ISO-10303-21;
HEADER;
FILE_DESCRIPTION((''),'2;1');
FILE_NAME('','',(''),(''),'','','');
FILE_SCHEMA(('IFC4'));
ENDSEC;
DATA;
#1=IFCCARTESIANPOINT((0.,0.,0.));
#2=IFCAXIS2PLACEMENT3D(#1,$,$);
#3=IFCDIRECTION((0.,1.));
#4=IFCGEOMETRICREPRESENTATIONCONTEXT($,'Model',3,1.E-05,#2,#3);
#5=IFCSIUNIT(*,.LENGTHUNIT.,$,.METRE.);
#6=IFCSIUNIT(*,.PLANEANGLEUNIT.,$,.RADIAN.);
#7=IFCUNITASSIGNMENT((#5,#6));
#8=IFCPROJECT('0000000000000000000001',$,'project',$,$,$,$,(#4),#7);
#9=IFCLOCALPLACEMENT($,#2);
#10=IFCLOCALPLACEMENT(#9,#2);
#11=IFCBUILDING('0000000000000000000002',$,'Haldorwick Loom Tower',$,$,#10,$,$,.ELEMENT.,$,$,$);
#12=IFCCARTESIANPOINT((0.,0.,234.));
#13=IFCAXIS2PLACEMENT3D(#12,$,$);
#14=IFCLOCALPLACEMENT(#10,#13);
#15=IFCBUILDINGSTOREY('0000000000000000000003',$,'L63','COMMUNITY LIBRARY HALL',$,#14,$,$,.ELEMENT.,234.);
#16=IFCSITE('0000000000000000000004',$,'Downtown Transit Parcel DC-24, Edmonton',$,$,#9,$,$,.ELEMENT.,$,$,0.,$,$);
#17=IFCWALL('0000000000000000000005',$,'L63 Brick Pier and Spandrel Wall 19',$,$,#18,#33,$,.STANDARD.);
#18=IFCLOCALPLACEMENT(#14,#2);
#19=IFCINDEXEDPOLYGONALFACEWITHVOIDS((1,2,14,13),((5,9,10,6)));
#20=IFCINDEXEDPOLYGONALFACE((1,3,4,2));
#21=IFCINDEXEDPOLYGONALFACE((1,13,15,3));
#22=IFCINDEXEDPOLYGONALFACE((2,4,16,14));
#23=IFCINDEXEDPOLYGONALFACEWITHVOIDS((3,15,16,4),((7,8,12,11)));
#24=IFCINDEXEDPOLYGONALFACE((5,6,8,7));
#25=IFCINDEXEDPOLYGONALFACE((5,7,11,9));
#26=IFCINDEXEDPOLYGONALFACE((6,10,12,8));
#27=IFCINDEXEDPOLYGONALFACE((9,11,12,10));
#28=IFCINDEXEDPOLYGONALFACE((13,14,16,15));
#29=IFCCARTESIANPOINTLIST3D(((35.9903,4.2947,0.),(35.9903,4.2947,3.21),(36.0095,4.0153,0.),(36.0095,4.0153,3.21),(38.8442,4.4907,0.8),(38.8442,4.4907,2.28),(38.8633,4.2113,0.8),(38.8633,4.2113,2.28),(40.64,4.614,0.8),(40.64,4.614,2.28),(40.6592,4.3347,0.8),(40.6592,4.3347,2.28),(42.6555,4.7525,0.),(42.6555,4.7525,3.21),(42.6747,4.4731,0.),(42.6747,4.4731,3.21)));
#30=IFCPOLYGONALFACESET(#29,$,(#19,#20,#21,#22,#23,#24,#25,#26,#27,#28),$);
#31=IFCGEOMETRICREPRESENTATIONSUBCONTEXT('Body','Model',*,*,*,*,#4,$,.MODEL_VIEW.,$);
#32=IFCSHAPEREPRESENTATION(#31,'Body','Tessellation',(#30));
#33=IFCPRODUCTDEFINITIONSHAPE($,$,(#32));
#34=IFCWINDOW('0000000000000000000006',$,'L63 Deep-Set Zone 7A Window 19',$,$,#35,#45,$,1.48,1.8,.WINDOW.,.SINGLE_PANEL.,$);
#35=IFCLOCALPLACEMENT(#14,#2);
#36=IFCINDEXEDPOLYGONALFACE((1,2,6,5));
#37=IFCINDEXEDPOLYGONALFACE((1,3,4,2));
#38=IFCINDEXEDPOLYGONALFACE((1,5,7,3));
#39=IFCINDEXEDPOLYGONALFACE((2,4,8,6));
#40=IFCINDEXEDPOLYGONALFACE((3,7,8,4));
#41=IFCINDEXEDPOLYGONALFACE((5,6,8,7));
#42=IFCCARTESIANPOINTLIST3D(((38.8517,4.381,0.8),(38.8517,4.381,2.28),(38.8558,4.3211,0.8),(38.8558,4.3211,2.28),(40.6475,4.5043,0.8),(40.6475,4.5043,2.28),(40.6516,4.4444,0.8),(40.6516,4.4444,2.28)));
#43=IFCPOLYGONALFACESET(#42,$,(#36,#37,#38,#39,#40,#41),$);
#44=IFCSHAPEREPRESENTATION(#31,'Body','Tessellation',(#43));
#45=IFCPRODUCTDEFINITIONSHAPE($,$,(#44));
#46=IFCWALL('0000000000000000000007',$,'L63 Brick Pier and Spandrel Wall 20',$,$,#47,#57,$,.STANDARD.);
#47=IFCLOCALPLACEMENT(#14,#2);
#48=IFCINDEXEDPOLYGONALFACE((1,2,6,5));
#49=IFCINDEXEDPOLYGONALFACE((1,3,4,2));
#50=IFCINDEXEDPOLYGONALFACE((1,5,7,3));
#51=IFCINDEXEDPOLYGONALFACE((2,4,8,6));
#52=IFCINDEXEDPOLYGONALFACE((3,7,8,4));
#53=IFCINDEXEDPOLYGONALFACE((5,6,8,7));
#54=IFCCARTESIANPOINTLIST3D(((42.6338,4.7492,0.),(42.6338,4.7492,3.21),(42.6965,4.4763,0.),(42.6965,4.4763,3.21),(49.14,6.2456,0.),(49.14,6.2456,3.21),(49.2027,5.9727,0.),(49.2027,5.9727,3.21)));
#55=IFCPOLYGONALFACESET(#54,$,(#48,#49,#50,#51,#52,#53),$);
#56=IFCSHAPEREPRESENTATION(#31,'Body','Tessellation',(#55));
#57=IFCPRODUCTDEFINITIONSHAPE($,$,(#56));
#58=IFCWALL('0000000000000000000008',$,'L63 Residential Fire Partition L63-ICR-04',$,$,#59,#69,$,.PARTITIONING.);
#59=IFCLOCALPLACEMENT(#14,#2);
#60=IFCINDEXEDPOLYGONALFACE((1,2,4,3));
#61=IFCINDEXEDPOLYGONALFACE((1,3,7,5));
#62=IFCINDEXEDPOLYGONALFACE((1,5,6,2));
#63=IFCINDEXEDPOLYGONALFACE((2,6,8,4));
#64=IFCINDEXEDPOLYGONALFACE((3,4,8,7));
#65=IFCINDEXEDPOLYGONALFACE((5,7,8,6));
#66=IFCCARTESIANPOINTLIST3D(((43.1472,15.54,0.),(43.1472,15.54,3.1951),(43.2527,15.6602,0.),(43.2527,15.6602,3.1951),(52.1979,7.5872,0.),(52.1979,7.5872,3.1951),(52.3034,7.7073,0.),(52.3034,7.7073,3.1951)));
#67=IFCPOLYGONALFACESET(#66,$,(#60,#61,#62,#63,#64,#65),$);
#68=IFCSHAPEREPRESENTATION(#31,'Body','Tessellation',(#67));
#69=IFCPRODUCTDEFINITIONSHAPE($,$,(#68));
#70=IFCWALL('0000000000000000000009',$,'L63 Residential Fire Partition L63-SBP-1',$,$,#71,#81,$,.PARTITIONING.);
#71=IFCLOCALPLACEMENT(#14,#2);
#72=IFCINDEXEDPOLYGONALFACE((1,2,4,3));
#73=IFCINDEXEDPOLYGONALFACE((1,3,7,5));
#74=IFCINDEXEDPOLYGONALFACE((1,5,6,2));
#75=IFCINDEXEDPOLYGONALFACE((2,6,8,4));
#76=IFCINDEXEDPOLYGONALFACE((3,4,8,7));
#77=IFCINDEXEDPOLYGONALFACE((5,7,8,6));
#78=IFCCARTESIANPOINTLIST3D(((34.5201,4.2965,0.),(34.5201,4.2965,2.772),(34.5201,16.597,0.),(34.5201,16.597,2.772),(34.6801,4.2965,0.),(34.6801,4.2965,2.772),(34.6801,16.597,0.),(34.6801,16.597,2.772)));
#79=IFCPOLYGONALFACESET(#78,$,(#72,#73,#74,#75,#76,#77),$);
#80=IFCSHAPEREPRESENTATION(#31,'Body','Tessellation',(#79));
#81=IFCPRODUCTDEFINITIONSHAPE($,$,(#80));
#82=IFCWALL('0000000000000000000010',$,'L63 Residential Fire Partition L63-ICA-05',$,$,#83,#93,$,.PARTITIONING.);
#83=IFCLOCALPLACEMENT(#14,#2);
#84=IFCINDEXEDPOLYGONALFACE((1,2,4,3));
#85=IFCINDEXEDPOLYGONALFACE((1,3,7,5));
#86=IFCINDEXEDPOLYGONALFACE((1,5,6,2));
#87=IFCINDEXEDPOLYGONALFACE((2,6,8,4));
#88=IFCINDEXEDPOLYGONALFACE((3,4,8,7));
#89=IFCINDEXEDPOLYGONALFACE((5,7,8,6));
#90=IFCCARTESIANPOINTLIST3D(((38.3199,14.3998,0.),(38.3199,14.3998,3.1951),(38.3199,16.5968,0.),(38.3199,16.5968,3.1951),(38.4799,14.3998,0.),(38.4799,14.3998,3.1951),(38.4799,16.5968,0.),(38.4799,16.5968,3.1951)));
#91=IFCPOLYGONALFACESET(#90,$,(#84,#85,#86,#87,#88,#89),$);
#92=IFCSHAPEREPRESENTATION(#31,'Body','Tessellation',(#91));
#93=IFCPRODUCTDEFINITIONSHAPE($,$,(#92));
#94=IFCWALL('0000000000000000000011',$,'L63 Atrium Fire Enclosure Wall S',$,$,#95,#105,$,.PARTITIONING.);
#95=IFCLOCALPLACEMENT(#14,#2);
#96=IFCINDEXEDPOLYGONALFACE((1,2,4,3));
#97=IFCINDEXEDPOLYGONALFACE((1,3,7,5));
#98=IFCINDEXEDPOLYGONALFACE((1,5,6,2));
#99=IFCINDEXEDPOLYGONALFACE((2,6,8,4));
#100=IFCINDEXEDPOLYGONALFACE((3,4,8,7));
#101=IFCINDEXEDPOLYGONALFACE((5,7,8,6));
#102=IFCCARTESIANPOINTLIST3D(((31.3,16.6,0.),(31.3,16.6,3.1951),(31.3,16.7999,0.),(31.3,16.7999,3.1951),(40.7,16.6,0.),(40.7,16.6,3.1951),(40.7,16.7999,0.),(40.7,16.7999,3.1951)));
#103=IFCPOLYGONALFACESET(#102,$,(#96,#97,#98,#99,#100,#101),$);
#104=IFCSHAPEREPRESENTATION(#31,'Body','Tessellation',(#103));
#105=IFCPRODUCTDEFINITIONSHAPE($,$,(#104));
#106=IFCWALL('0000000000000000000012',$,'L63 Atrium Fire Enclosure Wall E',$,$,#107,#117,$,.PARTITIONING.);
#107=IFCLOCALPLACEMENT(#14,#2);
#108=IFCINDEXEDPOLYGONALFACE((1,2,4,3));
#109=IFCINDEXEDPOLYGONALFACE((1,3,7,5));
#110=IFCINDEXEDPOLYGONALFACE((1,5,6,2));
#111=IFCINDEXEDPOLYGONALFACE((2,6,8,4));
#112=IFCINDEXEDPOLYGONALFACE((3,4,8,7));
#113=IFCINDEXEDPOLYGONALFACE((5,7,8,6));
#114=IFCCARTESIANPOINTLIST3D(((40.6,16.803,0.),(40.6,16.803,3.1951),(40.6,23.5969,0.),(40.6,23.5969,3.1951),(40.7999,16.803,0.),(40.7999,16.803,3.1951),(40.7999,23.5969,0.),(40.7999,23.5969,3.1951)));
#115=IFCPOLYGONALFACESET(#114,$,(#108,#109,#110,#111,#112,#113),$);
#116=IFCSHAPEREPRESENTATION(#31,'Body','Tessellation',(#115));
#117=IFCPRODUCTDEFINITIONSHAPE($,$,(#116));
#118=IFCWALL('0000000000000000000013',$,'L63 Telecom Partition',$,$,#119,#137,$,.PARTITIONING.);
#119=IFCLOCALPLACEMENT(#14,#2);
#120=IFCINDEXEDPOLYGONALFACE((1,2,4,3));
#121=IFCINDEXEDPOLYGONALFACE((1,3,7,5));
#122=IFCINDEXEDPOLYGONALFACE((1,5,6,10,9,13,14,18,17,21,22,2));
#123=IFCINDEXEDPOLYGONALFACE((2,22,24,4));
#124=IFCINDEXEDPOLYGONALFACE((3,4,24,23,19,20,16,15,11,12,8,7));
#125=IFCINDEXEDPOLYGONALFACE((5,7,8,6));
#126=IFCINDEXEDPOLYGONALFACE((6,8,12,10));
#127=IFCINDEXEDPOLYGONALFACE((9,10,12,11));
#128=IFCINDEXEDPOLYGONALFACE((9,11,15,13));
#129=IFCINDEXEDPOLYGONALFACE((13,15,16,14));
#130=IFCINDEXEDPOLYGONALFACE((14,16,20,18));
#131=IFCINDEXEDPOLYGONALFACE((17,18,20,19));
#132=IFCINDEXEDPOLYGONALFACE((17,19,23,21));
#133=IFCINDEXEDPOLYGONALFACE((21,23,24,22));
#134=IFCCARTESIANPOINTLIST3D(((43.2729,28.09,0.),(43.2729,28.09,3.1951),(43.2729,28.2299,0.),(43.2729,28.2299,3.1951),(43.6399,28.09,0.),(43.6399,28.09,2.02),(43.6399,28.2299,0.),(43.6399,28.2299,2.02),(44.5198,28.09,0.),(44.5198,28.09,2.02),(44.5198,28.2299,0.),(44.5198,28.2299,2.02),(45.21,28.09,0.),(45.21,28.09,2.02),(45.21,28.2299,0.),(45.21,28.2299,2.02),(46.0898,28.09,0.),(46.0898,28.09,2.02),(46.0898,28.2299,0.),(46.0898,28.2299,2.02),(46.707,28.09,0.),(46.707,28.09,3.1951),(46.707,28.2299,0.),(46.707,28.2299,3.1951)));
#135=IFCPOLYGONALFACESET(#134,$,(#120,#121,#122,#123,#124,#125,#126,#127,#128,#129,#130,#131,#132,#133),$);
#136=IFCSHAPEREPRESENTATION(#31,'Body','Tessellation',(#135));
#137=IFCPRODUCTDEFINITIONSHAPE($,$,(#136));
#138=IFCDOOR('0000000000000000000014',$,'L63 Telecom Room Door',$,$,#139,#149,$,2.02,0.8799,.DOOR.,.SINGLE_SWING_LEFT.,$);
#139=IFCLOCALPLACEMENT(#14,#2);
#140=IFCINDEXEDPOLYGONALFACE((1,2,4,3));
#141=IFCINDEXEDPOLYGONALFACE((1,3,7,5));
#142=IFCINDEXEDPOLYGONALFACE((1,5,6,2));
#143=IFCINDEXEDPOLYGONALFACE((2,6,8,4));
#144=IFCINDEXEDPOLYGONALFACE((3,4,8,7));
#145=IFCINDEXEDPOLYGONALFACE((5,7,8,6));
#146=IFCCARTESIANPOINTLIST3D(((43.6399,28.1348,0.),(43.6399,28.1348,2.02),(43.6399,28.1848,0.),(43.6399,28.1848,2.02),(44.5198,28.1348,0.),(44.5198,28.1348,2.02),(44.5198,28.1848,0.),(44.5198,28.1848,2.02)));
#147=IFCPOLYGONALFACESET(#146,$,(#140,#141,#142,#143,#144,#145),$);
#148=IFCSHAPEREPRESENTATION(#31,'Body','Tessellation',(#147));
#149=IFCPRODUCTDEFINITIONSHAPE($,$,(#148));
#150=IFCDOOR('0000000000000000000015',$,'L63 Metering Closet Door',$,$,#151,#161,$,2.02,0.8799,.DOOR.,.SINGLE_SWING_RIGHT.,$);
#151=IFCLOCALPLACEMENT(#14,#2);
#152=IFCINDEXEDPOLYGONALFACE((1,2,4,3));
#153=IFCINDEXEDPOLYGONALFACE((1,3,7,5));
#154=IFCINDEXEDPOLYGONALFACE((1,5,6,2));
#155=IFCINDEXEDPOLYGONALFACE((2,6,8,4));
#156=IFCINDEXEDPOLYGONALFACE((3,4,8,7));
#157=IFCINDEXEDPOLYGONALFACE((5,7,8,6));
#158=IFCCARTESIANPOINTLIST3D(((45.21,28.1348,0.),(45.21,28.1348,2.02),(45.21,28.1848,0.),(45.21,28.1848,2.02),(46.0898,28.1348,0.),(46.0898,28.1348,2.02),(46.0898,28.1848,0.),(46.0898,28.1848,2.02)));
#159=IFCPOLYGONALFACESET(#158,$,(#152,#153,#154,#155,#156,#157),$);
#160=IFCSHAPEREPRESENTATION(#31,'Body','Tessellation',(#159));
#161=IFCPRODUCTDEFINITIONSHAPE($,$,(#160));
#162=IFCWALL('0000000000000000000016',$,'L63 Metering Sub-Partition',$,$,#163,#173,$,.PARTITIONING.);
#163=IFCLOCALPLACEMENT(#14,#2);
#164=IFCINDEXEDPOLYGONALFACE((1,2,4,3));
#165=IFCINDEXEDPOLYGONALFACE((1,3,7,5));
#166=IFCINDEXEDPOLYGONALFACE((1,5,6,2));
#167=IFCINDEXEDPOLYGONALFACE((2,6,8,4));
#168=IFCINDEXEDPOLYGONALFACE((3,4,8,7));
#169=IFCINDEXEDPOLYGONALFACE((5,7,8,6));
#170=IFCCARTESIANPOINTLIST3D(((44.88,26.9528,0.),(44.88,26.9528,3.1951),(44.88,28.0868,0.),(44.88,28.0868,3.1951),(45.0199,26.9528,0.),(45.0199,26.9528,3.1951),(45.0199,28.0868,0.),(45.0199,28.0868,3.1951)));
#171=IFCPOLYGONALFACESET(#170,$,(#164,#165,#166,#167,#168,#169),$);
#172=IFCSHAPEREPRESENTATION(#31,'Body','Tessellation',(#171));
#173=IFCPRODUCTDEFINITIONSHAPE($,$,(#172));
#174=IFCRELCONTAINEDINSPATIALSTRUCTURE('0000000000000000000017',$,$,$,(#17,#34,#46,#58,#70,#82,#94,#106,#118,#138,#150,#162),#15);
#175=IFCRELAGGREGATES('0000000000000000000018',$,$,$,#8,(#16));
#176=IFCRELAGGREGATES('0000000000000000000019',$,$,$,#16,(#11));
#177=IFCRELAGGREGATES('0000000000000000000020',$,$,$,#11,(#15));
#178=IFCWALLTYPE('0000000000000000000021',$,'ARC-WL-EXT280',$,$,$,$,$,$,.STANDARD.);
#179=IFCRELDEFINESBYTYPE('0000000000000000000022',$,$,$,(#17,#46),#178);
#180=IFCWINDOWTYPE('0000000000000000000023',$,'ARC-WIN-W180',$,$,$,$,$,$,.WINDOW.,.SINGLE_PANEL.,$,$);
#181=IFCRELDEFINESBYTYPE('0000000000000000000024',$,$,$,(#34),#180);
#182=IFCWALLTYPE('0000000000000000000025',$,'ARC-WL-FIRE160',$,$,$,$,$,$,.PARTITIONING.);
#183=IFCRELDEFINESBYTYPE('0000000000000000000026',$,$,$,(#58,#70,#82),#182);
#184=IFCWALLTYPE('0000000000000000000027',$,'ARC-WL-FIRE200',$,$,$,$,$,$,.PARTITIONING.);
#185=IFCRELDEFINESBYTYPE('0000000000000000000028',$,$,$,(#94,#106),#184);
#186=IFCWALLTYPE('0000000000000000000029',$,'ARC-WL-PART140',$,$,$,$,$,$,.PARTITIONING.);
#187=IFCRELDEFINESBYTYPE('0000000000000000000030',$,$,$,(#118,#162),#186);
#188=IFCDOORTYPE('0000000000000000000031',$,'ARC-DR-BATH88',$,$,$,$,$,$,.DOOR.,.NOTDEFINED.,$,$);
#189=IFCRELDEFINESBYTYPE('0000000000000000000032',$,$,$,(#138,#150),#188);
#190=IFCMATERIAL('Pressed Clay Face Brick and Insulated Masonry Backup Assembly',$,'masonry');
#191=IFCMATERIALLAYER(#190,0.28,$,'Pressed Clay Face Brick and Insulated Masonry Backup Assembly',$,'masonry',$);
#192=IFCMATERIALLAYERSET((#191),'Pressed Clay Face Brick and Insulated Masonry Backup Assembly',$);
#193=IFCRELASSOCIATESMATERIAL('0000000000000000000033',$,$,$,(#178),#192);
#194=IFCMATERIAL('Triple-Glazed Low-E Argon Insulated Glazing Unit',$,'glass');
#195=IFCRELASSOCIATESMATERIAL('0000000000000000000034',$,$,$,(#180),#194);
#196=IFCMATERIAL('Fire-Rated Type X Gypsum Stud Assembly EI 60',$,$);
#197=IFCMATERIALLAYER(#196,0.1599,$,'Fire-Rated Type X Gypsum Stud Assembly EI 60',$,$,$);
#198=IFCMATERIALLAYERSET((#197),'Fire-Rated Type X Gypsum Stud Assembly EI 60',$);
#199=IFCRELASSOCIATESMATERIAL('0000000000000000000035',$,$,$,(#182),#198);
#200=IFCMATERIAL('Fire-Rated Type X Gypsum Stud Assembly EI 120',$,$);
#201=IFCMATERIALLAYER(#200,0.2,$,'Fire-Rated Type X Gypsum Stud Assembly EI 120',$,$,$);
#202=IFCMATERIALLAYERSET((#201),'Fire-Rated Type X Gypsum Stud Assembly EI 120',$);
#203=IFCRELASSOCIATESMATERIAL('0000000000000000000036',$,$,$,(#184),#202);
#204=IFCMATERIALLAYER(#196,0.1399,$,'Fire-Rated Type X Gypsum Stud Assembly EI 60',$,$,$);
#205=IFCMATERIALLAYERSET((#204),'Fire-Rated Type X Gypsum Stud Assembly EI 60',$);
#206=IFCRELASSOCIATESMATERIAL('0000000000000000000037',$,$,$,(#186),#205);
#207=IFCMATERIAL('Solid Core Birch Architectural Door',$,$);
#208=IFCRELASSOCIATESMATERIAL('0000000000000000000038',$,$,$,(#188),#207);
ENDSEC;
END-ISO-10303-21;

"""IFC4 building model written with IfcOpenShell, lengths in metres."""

from ifc_helpers import new_model, si_unit, direction, frame, frame_2d, origin, place, context, subcontext, project, spatial, rectangle, extrude, material, layer, layer_set, type_object, element, fill, save


model = new_model("IFC4")

# Units and contexts
model_context = context("Model", 3, precision=1e-05, world=origin(), true_north=direction((0.0, 1.0)))
body_context = subcontext(model_context, "Body", "Model", "MODEL_VIEW")
ifc_project = project(units=[si_unit("LENGTHUNIT", "METRE"), si_unit("PLANEANGLEUNIT", "RADIAN")], contexts=[model_context])

# Site, building, storey
site_placement = place(None, origin())
site = spatial("IfcSite", under=ifc_project, at=site_placement, Name="Downtown Transit Parcel DC-24, Edmonton", CompositionType="ELEMENT", RefElevation=0.0)
building_placement = place(site_placement, origin())
building = spatial("IfcBuilding", under=site, at=building_placement, Name="Haldorwick Loom Tower", CompositionType="ELEMENT")
storey_placement = place(building_placement, frame((0.0, 0.0, 234.0)))
storey = spatial("IfcBuildingStorey", under=building, at=storey_placement, Name="L63", Description="COMMUNITY LIBRARY HALL", CompositionType="ELEMENT", Elevation=234.0)

# Wall, opening, window
ifc_material_1 = material(Name="Pressed Clay Face Brick and Insulated Masonry Backup Assembly", Category="masonry")
ifc_layer_1 = layer(ifc_material_1, 0.28, Name="Pressed Clay Face Brick and Insulated Masonry Backup Assembly", Category="masonry")
ifc_layer_set_1 = layer_set([ifc_layer_1], Name="Pressed Clay Face Brick and Insulated Masonry Backup Assembly")
wall_type_1 = type_object("IfcWallType", Name="ARC-WL-EXT280", PredefinedType="STANDARD", material=ifc_layer_set_1)
wall_1_placement = place(storey_placement, frame((36.0, 4.155, 0.0), z_axis=(0.0, 0.0, 1.0), x_axis=(0.99765, 0.068517, 0.0)))
wall_1 = element("IfcWall", 1, at=wall_1_placement, inside=storey, type_object=wall_type_1, Name="L63 Brick Pier and Spandrel Wall 19", PredefinedType="STANDARD", context=body_context, shape_type="SweptSolid", body=[
    extrude(rectangle(XDim=6.6809, YDim=0.28, at=frame_2d((3.3403, 0.0))), origin(), (0.0, 0.0, 1.0), 3.21),
])
opening_1_placement = place(wall_1_placement, frame((2.8606, 0.0, 0.8)))
opening_1 = element("IfcOpeningElement", 2, at=opening_1_placement, cuts=wall_1, PredefinedType="OPENING", context=body_context, shape_type="SweptSolid", body=[
    extrude(rectangle(XDim=1.8, YDim=1.48, at=frame_2d((0.8999, 0.74))), frame((0.0, 0.1499, 0.0), z_axis=(0.0, -1.0, 0.0), x_axis=(1.0, 0.0, 0.0)), (0.0, 0.0, 1.0), 0.3),
])
ifc_material_2 = material(Name="Triple-Glazed Low-E Argon Insulated Glazing Unit", Category="glass")
window_type = type_object("IfcWindowType", Name="ARC-WIN-W180", PartitioningType="SINGLE_PANEL", PredefinedType="WINDOW", material=ifc_material_2)
window_placement = place(opening_1_placement, origin())
window = element("IfcWindow", 3, at=window_placement, inside=storey, type_object=window_type, Name="L63 Deep-Set Zone 7A Window 19", OverallHeight=1.48, OverallWidth=1.8, PartitioningType="SINGLE_PANEL", PredefinedType="WINDOW", context=body_context, shape_type="SweptSolid", body=[
    extrude(rectangle(XDim=1.8, YDim=1.48, at=frame_2d((0.8999, 0.74))), frame((0.0, 0.03, 0.0), z_axis=(0.0, -1.0, 0.0), x_axis=(1.0, 0.0, 0.0)), (0.0, 0.0, 1.0), 0.0601),
])
fill(opening_1, window)

# Walls
wall_2_placement = place(storey_placement, frame((42.6653, 4.6128, 0.0), z_axis=(0.0, 0.0, 1.0), x_axis=(0.974557, 0.224138, 0.0)))
element("IfcWall", 4, at=wall_2_placement, inside=storey, type_object=wall_type_1, Name="L63 Brick Pier and Spandrel Wall 20", PredefinedType="STANDARD", context=body_context, shape_type="SweptSolid", body=[
    extrude(rectangle(XDim=6.676, YDim=0.28, at=frame_2d((3.3379, 0.0))), origin(), (0.0, 0.0, 1.0), 3.21),
])
ifc_material_3 = material(Name="Fire-Rated Type X Gypsum Stud Assembly EI 60")
ifc_layer_2 = layer(ifc_material_3, 0.1599, Name="Fire-Rated Type X Gypsum Stud Assembly EI 60")
ifc_layer_set_2 = layer_set([ifc_layer_2], Name="Fire-Rated Type X Gypsum Stud Assembly EI 60")
wall_type_2 = type_object("IfcWallType", Name="ARC-WL-FIRE160", PredefinedType="PARTITIONING", material=ifc_layer_set_2)
wall_3_placement = place(storey_placement, frame((43.2, 15.6001, 0.0), z_axis=(0.0, 0.0, 1.0), x_axis=(0.751199, -0.660075, 0.0)))
element("IfcWall", 5, at=wall_3_placement, inside=storey, type_object=wall_type_2, Name="L63 Residential Fire Partition L63-ICR-04", PredefinedType="PARTITIONING", context=body_context, shape_type="SweptSolid", body=[
    extrude(rectangle(XDim=12.0483, YDim=0.1599, at=frame_2d((6.0242, 0.0))), origin(), (0.0, 0.0, 1.0), 3.1951),
])
wall_4_placement = place(storey_placement, frame((34.6001, 4.2964, 0.0), z_axis=(0.0, 0.0, 1.0), x_axis=(0.0, 1.0, 0.0)))
element("IfcWall", 6, at=wall_4_placement, inside=storey, type_object=wall_type_2, Name="L63 Residential Fire Partition L63-SBP-1", PredefinedType="PARTITIONING", context=body_context, shape_type="SweptSolid", body=[
    extrude(rectangle(XDim=12.3005, YDim=0.1599, at=frame_2d((6.1504, 0.0))), origin(), (0.0, 0.0, 1.0), 2.772),
])
wall_5_placement = place(storey_placement, frame((38.3999, 16.5969, 0.0), z_axis=(0.0, 0.0, 1.0), x_axis=(0.0, -1.0, 0.0)))
element("IfcWall", 7, at=wall_5_placement, inside=storey, type_object=wall_type_2, Name="L63 Residential Fire Partition L63-ICA-05", PredefinedType="PARTITIONING", context=body_context, shape_type="SweptSolid", body=[
    extrude(rectangle(XDim=2.197, YDim=0.1599, at=frame_2d((1.0986, 0.0))), origin(), (0.0, 0.0, 1.0), 3.1951),
])
ifc_material_4 = material(Name="Fire-Rated Type X Gypsum Stud Assembly EI 120")
ifc_layer_3 = layer(ifc_material_4, 0.2, Name="Fire-Rated Type X Gypsum Stud Assembly EI 120")
ifc_layer_set_3 = layer_set([ifc_layer_3], Name="Fire-Rated Type X Gypsum Stud Assembly EI 120")
wall_type_3 = type_object("IfcWallType", Name="ARC-WL-FIRE200", PredefinedType="PARTITIONING", material=ifc_layer_set_3)
wall_6_placement = place(storey_placement, frame((40.7, 16.7, 0.0), z_axis=(0.0, 0.0, 1.0), x_axis=(-1.0, 0.0, 0.0)))
element("IfcWall", 8, at=wall_6_placement, inside=storey, type_object=wall_type_3, Name="L63 Atrium Fire Enclosure Wall S", PredefinedType="PARTITIONING", context=body_context, shape_type="SweptSolid", body=[
    extrude(rectangle(XDim=9.3999, YDim=0.2, at=frame_2d((4.7, 0.0))), origin(), (0.0, 0.0, 1.0), 3.1951),
])
wall_7_placement = place(storey_placement, frame((40.7, 23.5969, 0.0), z_axis=(0.0, 0.0, 1.0), x_axis=(0.0, -1.0, 0.0)))
element("IfcWall", 9, at=wall_7_placement, inside=storey, type_object=wall_type_3, Name="L63 Atrium Fire Enclosure Wall E", PredefinedType="PARTITIONING", context=body_context, shape_type="SweptSolid", body=[
    extrude(rectangle(XDim=6.7939, YDim=0.2, at=frame_2d((3.397, 0.0))), origin(), (0.0, 0.0, 1.0), 3.1951),
])

# Wall, openings, doors
ifc_layer_4 = layer(ifc_material_3, 0.1399, Name="Fire-Rated Type X Gypsum Stud Assembly EI 60")
ifc_layer_set_4 = layer_set([ifc_layer_4], Name="Fire-Rated Type X Gypsum Stud Assembly EI 60")
wall_type_4 = type_object("IfcWallType", Name="ARC-WL-PART140", PredefinedType="PARTITIONING", material=ifc_layer_set_4)
wall_8_placement = place(storey_placement, frame((43.2729, 28.1599, 0.0), z_axis=(0.0, 0.0, 1.0), x_axis=(1.0, 0.0, 0.0)))
wall_8 = element("IfcWall", 10, at=wall_8_placement, inside=storey, type_object=wall_type_4, Name="L63 Telecom Partition", PredefinedType="PARTITIONING", context=body_context, shape_type="SweptSolid", body=[
    extrude(rectangle(XDim=3.4341, YDim=0.1399, at=frame_2d((1.717, 0.0))), origin(), (0.0, 0.0, 1.0), 3.1951),
])
opening_2_placement = place(wall_8_placement, frame((0.3669, 0.0, 0.0)))
opening_2 = element("IfcOpeningElement", 11, at=opening_2_placement, cuts=wall_8, PredefinedType="OPENING", context=body_context, shape_type="SweptSolid", body=[
    extrude(rectangle(XDim=0.8799, YDim=2.02, at=frame_2d((0.4399, 1.01))), frame((0.0, 0.0798, 0.0), z_axis=(0.0, -1.0, 0.0), x_axis=(1.0, 0.0, 0.0)), (0.0, 0.0, 1.0), 0.1599),
])
opening_3_placement = place(wall_8_placement, frame((1.937, 0.0, 0.0)))
opening_3 = element("IfcOpeningElement", 12, at=opening_3_placement, cuts=wall_8, PredefinedType="OPENING", context=body_context, shape_type="SweptSolid", body=[
    extrude(rectangle(XDim=0.8799, YDim=2.02, at=frame_2d((0.4399, 1.01))), frame((0.0, 0.0798, 0.0), z_axis=(0.0, -1.0, 0.0), x_axis=(1.0, 0.0, 0.0)), (0.0, 0.0, 1.0), 0.1599),
])
ifc_material_5 = material(Name="Solid Core Birch Architectural Door")
door_type = type_object("IfcDoorType", Name="ARC-DR-BATH88", OperationType="NOTDEFINED", PredefinedType="DOOR", material=ifc_material_5)
door_1_placement = place(opening_2_placement, origin())
door_1 = element("IfcDoor", 13, at=door_1_placement, inside=storey, type_object=door_type, Name="L63 Telecom Room Door", OperationType="SINGLE_SWING_LEFT", OverallHeight=2.02, OverallWidth=0.8799, PredefinedType="DOOR", context=body_context, shape_type="SweptSolid", body=[
    extrude(rectangle(XDim=0.8799, YDim=2.02, at=frame_2d((0.4399, 1.01))), frame((0.0, 0.0249, 0.0), z_axis=(0.0, -1.0, 0.0), x_axis=(1.0, 0.0, 0.0)), (0.0, 0.0, 1.0), 0.05),
])
fill(opening_2, door_1)
door_2_placement = place(opening_3_placement, origin())
door_2 = element("IfcDoor", 14, at=door_2_placement, inside=storey, type_object=door_type, Name="L63 Metering Closet Door", OperationType="SINGLE_SWING_RIGHT", OverallHeight=2.02, OverallWidth=0.8799, PredefinedType="DOOR", context=body_context, shape_type="SweptSolid", body=[
    extrude(rectangle(XDim=0.8799, YDim=2.02, at=frame_2d((0.4399, 1.01))), frame((0.0, 0.0249, 0.0), z_axis=(0.0, -1.0, 0.0), x_axis=(1.0, 0.0, 0.0)), (0.0, 0.0, 1.0), 0.05),
])
fill(opening_3, door_2)

# Wall
wall_9_placement = place(storey_placement, frame((44.95, 26.9529, 0.0), z_axis=(0.0, 0.0, 1.0), x_axis=(0.0, 1.0, 0.0)))
element("IfcWall", 15, at=wall_9_placement, inside=storey, type_object=wall_type_4, Name="L63 Metering Sub-Partition", PredefinedType="PARTITIONING", context=body_context, shape_type="SweptSolid", body=[
    extrude(rectangle(XDim=1.134, YDim=0.1399, at=frame_2d((0.5669, 0.0))), origin(), (0.0, 0.0, 1.0), 3.1951),
])

save(model, "model.ifc")
